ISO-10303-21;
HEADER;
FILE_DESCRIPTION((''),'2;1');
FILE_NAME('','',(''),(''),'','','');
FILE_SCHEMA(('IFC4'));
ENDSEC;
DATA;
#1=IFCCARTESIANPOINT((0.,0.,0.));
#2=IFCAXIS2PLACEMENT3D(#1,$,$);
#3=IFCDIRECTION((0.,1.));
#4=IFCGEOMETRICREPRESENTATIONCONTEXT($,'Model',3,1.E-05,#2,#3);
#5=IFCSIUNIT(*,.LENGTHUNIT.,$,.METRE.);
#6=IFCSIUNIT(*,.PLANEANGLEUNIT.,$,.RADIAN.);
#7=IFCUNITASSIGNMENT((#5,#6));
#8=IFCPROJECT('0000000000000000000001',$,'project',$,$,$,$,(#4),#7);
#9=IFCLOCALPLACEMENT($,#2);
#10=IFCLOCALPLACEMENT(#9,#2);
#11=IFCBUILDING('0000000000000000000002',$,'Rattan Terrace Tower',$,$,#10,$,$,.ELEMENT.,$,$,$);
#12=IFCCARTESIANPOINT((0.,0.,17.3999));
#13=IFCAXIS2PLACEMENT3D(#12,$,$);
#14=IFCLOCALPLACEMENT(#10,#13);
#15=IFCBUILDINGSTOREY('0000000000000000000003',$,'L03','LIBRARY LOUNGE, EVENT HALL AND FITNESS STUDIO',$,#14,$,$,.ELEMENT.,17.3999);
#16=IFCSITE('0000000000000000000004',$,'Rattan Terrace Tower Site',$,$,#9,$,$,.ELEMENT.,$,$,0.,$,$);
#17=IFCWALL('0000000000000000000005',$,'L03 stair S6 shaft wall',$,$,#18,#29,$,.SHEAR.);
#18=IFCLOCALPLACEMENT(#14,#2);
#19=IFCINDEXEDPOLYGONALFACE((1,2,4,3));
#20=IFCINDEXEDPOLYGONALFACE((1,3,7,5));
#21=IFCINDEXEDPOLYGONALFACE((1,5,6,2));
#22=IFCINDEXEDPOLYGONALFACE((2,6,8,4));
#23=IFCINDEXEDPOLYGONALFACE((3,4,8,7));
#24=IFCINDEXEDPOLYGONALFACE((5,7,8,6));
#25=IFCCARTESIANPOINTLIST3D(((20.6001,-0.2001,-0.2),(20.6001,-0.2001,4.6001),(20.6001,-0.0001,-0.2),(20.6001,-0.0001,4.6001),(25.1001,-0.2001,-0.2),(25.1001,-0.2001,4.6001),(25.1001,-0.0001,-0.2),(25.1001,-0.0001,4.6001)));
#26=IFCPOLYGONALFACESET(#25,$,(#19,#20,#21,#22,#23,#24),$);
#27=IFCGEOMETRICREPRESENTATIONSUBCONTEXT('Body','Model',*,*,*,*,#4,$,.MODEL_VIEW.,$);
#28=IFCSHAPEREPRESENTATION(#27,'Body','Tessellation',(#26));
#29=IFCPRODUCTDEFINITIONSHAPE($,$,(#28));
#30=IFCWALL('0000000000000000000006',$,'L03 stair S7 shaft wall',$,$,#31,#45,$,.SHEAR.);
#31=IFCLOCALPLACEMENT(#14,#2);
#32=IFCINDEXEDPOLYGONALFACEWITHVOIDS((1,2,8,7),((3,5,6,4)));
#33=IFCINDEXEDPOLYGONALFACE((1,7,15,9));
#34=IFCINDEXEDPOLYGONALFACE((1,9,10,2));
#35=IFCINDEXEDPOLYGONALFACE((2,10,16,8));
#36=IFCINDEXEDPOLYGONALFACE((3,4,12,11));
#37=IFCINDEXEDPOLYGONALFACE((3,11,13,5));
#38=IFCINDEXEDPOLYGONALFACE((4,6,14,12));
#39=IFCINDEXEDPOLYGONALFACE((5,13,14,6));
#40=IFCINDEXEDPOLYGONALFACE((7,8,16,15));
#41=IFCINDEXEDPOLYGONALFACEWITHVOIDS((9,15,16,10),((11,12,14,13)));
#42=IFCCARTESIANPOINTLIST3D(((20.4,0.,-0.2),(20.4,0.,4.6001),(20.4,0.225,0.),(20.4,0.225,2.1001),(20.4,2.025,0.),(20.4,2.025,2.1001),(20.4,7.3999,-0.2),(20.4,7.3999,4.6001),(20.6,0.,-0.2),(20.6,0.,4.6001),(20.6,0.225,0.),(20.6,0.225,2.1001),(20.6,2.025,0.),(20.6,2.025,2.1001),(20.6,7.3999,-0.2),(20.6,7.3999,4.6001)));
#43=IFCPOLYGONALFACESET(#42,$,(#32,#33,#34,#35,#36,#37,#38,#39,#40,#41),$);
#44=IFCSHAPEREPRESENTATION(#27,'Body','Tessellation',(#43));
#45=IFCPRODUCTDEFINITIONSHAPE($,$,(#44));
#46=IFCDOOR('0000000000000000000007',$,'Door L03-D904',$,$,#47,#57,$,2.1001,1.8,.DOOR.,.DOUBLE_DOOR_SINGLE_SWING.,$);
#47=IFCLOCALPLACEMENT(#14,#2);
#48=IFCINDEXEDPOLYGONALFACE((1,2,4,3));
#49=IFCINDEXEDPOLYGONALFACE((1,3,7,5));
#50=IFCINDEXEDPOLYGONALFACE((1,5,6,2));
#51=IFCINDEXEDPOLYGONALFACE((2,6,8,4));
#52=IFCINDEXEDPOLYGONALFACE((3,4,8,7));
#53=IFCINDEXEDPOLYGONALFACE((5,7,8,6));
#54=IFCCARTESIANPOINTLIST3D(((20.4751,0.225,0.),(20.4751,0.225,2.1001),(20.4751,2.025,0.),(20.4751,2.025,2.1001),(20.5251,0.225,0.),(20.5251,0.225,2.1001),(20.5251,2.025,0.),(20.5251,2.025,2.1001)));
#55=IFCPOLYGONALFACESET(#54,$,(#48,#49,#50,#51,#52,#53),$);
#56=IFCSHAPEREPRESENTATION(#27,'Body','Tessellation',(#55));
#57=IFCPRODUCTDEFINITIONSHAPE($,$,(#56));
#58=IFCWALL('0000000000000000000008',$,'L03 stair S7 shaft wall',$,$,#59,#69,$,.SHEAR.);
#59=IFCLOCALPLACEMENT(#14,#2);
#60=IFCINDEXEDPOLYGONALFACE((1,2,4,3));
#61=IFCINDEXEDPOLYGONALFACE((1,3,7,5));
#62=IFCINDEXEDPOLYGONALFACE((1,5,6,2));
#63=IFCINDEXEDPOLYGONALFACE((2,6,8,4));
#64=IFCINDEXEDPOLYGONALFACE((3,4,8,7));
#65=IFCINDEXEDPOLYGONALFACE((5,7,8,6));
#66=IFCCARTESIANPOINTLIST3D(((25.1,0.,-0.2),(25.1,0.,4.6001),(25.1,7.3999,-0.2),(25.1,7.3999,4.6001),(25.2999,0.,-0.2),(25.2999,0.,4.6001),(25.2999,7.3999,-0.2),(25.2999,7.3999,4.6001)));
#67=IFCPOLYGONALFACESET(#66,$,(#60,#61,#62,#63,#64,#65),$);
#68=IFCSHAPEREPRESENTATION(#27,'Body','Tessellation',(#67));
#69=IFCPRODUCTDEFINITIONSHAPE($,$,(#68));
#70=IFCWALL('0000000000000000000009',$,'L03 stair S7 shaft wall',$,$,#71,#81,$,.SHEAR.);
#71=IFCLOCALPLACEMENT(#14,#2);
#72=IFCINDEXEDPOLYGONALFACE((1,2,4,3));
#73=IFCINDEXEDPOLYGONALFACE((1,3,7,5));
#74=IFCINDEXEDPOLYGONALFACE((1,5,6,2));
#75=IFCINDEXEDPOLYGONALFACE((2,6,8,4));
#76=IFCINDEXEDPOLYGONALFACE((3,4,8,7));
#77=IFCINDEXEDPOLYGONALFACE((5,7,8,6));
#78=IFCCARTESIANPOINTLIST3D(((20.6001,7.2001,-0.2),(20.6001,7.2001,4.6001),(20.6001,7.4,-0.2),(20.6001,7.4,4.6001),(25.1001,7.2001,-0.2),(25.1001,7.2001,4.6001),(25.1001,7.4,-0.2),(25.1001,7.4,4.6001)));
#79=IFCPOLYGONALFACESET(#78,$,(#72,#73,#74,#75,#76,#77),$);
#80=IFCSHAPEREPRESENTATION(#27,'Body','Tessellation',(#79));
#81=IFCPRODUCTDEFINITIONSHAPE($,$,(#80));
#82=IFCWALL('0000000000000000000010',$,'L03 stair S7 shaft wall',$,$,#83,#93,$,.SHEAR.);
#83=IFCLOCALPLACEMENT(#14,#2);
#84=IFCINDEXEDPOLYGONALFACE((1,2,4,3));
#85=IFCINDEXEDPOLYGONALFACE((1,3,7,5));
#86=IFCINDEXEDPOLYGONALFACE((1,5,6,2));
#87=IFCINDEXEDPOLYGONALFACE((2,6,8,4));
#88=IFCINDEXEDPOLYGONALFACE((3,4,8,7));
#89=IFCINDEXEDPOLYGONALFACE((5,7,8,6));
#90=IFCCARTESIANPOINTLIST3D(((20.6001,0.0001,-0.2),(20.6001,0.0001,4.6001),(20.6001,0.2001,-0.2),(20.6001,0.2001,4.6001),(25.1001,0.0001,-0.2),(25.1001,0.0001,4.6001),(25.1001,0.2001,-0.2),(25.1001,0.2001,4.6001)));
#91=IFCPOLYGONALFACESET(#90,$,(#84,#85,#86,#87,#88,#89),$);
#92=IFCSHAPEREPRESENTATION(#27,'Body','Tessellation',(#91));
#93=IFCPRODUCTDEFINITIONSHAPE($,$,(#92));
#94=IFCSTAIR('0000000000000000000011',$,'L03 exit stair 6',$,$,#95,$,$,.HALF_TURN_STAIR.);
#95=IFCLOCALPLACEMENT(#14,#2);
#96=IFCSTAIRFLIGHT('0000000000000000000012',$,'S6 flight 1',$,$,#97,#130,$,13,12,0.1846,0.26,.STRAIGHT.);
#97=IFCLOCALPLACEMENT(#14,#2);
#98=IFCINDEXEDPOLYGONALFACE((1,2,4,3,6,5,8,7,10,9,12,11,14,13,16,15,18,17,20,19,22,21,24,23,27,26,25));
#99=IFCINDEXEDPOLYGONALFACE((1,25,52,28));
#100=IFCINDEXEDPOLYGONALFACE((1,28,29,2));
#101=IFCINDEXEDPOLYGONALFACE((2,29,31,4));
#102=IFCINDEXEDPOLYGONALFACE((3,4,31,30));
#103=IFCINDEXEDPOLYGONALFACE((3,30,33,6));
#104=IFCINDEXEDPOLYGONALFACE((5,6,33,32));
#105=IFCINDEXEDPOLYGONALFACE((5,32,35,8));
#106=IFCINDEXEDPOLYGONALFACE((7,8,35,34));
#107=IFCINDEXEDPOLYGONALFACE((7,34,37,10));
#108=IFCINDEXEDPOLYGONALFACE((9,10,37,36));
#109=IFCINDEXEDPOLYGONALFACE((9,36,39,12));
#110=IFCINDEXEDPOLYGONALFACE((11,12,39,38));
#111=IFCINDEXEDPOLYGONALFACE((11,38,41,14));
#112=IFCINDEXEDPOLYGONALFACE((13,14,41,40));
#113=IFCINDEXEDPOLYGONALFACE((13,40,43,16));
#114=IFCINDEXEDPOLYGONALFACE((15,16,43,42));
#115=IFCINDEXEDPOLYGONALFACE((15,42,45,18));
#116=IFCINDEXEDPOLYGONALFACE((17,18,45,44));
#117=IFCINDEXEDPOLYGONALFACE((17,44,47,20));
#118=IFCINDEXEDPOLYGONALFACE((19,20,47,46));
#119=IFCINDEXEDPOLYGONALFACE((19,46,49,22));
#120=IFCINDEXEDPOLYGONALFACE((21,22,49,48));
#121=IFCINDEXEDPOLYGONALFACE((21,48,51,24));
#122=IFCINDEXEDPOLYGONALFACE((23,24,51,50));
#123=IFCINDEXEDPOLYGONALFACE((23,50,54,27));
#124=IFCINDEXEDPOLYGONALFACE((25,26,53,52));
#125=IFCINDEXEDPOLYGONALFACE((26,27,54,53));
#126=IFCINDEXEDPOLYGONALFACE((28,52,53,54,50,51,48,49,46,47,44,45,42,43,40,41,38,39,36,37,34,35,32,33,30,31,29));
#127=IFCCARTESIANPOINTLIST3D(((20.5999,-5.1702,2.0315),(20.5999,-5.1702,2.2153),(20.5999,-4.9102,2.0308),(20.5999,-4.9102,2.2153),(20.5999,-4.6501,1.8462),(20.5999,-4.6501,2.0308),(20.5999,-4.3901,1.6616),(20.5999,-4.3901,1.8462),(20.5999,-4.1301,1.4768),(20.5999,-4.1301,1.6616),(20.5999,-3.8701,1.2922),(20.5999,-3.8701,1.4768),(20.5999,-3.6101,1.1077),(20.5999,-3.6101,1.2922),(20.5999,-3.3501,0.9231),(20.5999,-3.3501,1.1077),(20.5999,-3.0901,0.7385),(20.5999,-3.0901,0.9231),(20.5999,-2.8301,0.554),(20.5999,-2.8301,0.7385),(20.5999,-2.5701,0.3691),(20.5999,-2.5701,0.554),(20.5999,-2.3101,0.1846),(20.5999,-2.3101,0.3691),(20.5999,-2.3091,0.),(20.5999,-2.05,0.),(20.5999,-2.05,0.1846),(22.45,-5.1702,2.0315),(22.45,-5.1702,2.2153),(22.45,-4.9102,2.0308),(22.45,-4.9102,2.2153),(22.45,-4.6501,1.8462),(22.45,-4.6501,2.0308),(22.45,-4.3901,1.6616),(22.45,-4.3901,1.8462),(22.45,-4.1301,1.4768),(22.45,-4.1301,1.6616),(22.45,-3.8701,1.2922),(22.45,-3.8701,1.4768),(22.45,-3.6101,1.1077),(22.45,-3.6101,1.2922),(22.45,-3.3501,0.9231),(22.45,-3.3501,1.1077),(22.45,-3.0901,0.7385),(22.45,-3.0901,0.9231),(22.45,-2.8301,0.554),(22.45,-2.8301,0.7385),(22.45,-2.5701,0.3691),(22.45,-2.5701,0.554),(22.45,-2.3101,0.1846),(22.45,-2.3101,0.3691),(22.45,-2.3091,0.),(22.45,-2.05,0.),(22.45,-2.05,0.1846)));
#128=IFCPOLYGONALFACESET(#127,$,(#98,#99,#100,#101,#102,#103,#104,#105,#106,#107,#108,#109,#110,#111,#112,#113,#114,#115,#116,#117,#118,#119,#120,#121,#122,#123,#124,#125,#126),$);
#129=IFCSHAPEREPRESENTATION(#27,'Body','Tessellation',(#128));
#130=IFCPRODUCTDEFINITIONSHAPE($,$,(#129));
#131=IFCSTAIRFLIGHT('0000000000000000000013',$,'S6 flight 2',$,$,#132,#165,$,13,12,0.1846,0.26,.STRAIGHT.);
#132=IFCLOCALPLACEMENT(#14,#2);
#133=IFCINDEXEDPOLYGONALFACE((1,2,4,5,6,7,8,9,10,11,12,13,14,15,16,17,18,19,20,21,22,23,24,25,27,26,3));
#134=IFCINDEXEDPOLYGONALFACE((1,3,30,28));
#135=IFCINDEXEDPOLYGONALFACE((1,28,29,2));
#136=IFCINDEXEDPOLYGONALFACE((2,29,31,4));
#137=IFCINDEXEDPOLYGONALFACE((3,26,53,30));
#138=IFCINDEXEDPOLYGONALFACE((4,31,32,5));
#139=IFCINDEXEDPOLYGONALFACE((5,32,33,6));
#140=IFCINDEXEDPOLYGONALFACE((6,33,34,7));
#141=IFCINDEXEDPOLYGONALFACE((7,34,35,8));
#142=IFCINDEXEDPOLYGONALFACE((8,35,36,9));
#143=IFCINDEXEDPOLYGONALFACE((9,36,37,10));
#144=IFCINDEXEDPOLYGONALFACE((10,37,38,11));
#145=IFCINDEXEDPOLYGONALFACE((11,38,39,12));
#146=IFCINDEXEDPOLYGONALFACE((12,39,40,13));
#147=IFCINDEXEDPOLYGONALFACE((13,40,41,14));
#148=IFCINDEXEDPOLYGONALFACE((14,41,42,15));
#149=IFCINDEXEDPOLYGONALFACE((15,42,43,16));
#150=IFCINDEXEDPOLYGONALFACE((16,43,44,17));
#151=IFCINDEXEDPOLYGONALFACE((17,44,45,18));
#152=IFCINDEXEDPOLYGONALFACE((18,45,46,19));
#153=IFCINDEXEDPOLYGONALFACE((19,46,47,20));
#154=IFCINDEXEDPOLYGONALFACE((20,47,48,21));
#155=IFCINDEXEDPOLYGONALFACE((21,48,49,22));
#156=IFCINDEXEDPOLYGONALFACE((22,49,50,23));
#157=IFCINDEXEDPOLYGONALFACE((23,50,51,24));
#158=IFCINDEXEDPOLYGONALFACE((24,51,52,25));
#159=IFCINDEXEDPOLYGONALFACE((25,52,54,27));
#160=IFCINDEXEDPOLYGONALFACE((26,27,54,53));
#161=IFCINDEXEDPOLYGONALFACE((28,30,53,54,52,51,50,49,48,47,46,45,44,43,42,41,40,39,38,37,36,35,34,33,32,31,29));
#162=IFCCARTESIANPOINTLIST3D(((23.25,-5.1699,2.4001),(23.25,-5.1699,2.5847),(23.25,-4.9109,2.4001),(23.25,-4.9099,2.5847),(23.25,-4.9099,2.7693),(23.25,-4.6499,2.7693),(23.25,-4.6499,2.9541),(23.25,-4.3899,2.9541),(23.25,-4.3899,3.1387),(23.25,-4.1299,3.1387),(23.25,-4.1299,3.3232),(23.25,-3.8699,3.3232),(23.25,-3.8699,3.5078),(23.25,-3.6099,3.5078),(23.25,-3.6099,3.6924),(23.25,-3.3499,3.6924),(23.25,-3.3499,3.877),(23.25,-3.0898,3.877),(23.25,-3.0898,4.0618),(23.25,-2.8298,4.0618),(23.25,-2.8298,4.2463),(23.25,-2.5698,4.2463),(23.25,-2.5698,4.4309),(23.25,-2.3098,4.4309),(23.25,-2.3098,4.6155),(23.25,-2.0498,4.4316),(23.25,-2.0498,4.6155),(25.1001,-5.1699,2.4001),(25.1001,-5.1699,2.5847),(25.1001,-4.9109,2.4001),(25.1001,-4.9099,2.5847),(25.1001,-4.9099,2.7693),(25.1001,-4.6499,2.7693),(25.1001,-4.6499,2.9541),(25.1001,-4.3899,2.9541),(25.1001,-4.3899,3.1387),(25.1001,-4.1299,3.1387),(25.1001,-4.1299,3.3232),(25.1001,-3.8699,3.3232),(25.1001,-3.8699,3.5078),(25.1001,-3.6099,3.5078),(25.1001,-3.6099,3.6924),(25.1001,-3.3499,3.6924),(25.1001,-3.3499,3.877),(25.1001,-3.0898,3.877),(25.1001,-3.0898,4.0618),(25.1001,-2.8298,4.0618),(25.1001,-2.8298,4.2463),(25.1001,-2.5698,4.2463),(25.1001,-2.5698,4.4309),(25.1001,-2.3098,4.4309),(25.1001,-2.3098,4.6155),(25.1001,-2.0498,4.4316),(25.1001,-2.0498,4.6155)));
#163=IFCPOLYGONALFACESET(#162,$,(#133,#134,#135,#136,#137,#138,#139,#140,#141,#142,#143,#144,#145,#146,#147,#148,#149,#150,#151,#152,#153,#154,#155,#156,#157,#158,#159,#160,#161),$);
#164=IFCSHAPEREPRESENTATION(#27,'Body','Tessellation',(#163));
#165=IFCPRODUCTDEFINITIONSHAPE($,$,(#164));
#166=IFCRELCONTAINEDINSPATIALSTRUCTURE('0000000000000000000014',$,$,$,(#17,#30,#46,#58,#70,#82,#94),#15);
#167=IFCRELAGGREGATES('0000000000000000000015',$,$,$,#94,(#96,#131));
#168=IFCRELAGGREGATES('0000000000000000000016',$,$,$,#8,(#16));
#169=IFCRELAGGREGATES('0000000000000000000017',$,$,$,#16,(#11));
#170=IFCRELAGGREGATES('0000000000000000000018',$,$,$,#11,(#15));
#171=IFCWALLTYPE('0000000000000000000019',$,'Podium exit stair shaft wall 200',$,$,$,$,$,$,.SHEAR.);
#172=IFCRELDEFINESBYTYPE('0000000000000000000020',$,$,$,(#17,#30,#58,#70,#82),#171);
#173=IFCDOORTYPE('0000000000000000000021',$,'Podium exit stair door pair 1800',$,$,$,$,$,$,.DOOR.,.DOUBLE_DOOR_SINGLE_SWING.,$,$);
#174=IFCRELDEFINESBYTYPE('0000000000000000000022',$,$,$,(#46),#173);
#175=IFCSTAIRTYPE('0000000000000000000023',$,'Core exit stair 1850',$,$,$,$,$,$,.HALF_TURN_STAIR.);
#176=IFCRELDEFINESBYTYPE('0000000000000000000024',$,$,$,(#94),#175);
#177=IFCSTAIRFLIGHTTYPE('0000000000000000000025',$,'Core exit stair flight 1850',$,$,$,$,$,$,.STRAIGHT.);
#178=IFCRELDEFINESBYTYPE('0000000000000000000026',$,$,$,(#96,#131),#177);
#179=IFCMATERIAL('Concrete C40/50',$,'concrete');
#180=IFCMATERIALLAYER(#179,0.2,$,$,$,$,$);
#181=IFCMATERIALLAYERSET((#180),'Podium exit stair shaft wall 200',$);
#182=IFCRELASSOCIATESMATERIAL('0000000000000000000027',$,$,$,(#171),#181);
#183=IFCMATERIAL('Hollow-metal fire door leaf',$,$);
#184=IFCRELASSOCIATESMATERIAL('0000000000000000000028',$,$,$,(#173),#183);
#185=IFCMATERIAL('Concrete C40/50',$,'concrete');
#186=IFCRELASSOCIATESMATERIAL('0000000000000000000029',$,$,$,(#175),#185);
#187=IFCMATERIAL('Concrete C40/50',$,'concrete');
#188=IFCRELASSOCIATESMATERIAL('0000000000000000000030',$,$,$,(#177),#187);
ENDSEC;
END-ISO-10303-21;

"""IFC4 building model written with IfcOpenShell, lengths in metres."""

from ifc_helpers import new_model, si_unit, direction, frame, frame_2d, origin, place, context, subcontext, project, spatial, polyline, rectangle, outline, extrude, material, layer, layer_set, type_object, element, fill, aggregate, save


model = new_model("IFC4")

# Units and contexts
model_context = context("Model", 3, precision=1e-05, world=origin(), true_north=direction((0.0, 1.0)))
body_context = subcontext(model_context, "Body", "Model", "MODEL_VIEW")
ifc_project = project(units=[si_unit("LENGTHUNIT", "METRE"), si_unit("PLANEANGLEUNIT", "RADIAN")], contexts=[model_context])

# Site, building, storey
site_placement = place(None, origin())
site = spatial("IfcSite", under=ifc_project, at=site_placement, Name="Rattan Terrace Tower Site", CompositionType="ELEMENT", RefElevation=0.0)
building_placement = place(site_placement, origin())
building = spatial("IfcBuilding", under=site, at=building_placement, Name="Rattan Terrace Tower", CompositionType="ELEMENT")
storey_placement = place(building_placement, frame((0.0, 0.0, 17.3999)))
storey = spatial("IfcBuildingStorey", under=building, at=storey_placement, Name="L03", Description="LIBRARY LOUNGE, EVENT HALL AND FITNESS STUDIO", CompositionType="ELEMENT", Elevation=17.3999)

# Wall
ifc_material_1 = material(Name="Concrete C40/50", Category="concrete")
ifc_layer_1 = layer(ifc_material_1, 0.2)
ifc_layer_set_1 = layer_set([ifc_layer_1], Name="Podium exit stair shaft wall 200")
wall_type_1 = type_object("IfcWallType", Name="Podium exit stair shaft wall 200", PredefinedType="SHEAR", material=ifc_layer_set_1)
wall_1_placement = place(storey_placement, frame((20.6001, -0.1001, -0.2), z_axis=(0.0, 0.0, 1.0), x_axis=(1.0, 0.0, 0.0)))
element("IfcWall", 1, at=wall_1_placement, inside=storey, type_object=wall_type_1, Name="L03 stair S6 shaft wall", PredefinedType="SHEAR", context=body_context, shape_type="SweptSolid", body=[
    extrude(rectangle(XDim=4.5, YDim=0.2, at=frame_2d((2.25, 0.0))), origin(), (0.0, 0.0, 1.0), 4.8),
])

# Wall, opening, door
wall_2_placement = place(storey_placement, frame((20.5, 0.0, -0.2), z_axis=(0.0, 0.0, 1.0), x_axis=(0.0, 1.0, 0.0)))
wall_2 = element("IfcWall", 2, at=wall_2_placement, inside=storey, type_object=wall_type_1, Name="L03 stair S7 shaft wall", PredefinedType="SHEAR", context=body_context, shape_type="SweptSolid", body=[
    extrude(rectangle(XDim=7.3999, YDim=0.2, at=frame_2d((3.7, 0.0))), origin(), (0.0, 0.0, 1.0), 4.8),
])
opening_1_placement = place(wall_2_placement, frame((0.2251, 0.0, 0.2)))
opening_1 = element("IfcOpeningElement", 3, at=opening_1_placement, cuts=wall_2, PredefinedType="OPENING", context=body_context, shape_type="SweptSolid", body=[
    extrude(rectangle(XDim=1.8, YDim=2.1001, at=frame_2d((0.8999, 1.05))), frame((0.0, 0.1106, 0.0), z_axis=(0.0, -1.0, 0.0), x_axis=(1.0, 0.0, 0.0)), (0.0, 0.0, 1.0), 0.2209),
])
ifc_material_2 = material(Name="Hollow-metal fire door leaf")
door_type_1 = type_object("IfcDoorType", Name="Podium exit stair door pair 1800", OperationType="DOUBLE_DOOR_SINGLE_SWING", PredefinedType="DOOR", material=ifc_material_2)
door_1_placement = place(opening_1_placement, origin())
door_1 = element("IfcDoor", 4, at=door_1_placement, inside=storey, type_object=door_type_1, Name="Door L03-D904", OperationType="DOUBLE_DOOR_SINGLE_SWING", OverallHeight=2.1001, OverallWidth=1.8, PredefinedType="DOOR", context=body_context, shape_type="SweptSolid", body=[
    extrude(rectangle(XDim=1.8, YDim=2.1001, at=frame_2d((0.8999, 1.05))), frame((0.0, 0.0249, 0.0), z_axis=(0.0, -1.0, 0.0), x_axis=(1.0, 0.0, 0.0)), (0.0, 0.0, 1.0), 0.05),
])
fill(opening_1, door_1)

# Walls
wall_3_placement = place(storey_placement, frame((25.2, 0.0, -0.2), z_axis=(0.0, 0.0, 1.0), x_axis=(0.0, 1.0, 0.0)))
element("IfcWall", 5, at=wall_3_placement, inside=storey, type_object=wall_type_1, Name="L03 stair S7 shaft wall", PredefinedType="SHEAR", context=body_context, shape_type="SweptSolid", body=[
    extrude(rectangle(XDim=7.3999, YDim=0.2, at=frame_2d((3.7, 0.0))), origin(), (0.0, 0.0, 1.0), 4.8),
])
for number, where, z_axis, x_axis, name in (
    (6, (20.6001, 7.3, -0.2), (0.0, 0.0, 1.0), (1.0, 0.0, 0.0), "L03 stair S7 shaft wall"),
    (7, (20.6001, 0.1001, -0.2), (0.0, 0.0, 1.0), (1.0, 0.0, 0.0), "L03 stair S7 shaft wall"),
):
    element("IfcWall", number, at=place(storey_placement, frame(where, z_axis=z_axis, x_axis=x_axis)), inside=storey, type_object=wall_type_1, Name=name, PredefinedType="SHEAR", context=body_context, shape_type="SweptSolid", body=[
        extrude(rectangle(XDim=4.5, YDim=0.2, at=frame_2d((2.25, 0.0))), origin(), (0.0, 0.0, 1.0), 4.8),
    ])

# Stair, stair flights
ifc_material_3 = material(Name="Concrete C40/50", Category="concrete")
stair_type = type_object("IfcStairType", Name="Core exit stair 1850", PredefinedType="HALF_TURN_STAIR", material=ifc_material_3)
stair_1_placement = place(storey_placement, origin())
stair_1 = element("IfcStair", 8, at=stair_1_placement, inside=storey, type_object=stair_type, Name="L03 exit stair 6", PredefinedType="HALF_TURN_STAIR")
ifc_material_4 = material(Name="Concrete C40/50", Category="concrete")
stair_flight_type = type_object("IfcStairFlightType", Name="Core exit stair flight 1850", PredefinedType="STRAIGHT", material=ifc_material_4)
stair_flight_1_placement = place(storey_placement, frame((21.5249, -2.05, 0.0), z_axis=(0.0, 0.0, 1.0), x_axis=(0.0, -1.0, 0.0)))
stair_flight_1 = element("IfcStairFlight", 9, at=stair_flight_1_placement, type_object=stair_flight_type, Name="S6 flight 1", NumberOfRisers=13, NumberOfTreads=12, PredefinedType="STRAIGHT", RiserHeight=0.1846, TreadLength=0.26, context=body_context, shape_type="SweptSolid", body=[
    extrude(outline(polyline([(0.0, 0.0), (0.0, 0.1846), (0.26, 0.1846), (0.26, 0.3691), (0.52, 0.3691), (0.52, 0.554), (0.78, 0.554), (0.78, 0.7385), (1.04, 0.7385), (1.04, 0.9231), (1.3, 0.9231), (1.3, 1.1077), (1.5601, 1.1077), (1.5601, 1.2922), (1.8201, 1.2922), (1.8201, 1.4768), (2.0801, 1.4768), (2.0801, 1.6616), (2.3401, 1.6616), (2.3401, 1.8462), (2.6001, 1.8462), (2.6001, 2.0308), (2.8601, 2.0308), (2.8601, 2.2153), (3.1201, 2.2153), (3.1201, 2.3999), (3.1201, 2.0315), (0.259, 0.0), (0.0, 0.0)])), frame((0.0, 0.925, 0.0), z_axis=(0.0, -1.0, 0.0), x_axis=(1.0, 0.0, 0.0)), (0.0, 0.0, 1.0), 1.8501),
])
stair_flight_2_placement = place(storey_placement, frame((24.175, -5.1699, 2.4001), z_axis=(0.0, 0.0, 1.0), x_axis=(0.0, 1.0, 0.0)))
stair_flight_2 = element("IfcStairFlight", 10, at=stair_flight_2_placement, type_object=stair_flight_type, Name="S6 flight 2", NumberOfRisers=13, NumberOfTreads=12, PredefinedType="STRAIGHT", RiserHeight=0.1846, TreadLength=0.26, context=body_context, shape_type="SweptSolid", body=[
    extrude(outline(polyline([(0.0, 0.0), (0.0, 0.1846), (0.26, 0.1846), (0.26, 0.3691), (0.52, 0.3691), (0.52, 0.554), (0.78, 0.554), (0.78, 0.7385), (1.04, 0.7385), (1.04, 0.9231), (1.3, 0.9231), (1.3, 1.1077), (1.5601, 1.1077), (1.5601, 1.2922), (1.8201, 1.2922), (1.8201, 1.4768), (2.0801, 1.4768), (2.0801, 1.6616), (2.3401, 1.6616), (2.3401, 1.8462), (2.6001, 1.8462), (2.6001, 2.0308), (2.8601, 2.0308), (2.8601, 2.2153), (3.1201, 2.2153), (3.1201, 2.3999), (3.1201, 2.0315), (0.259, 0.0), (0.0, 0.0)])), frame((0.0, 0.925, 0.0), z_axis=(0.0, -1.0, 0.0), x_axis=(1.0, 0.0, 0.0)), (0.0, 0.0, 1.0), 1.8501),
])
aggregate(stair_1, [stair_flight_1, stair_flight_2])

save(model, "model.ifc")
